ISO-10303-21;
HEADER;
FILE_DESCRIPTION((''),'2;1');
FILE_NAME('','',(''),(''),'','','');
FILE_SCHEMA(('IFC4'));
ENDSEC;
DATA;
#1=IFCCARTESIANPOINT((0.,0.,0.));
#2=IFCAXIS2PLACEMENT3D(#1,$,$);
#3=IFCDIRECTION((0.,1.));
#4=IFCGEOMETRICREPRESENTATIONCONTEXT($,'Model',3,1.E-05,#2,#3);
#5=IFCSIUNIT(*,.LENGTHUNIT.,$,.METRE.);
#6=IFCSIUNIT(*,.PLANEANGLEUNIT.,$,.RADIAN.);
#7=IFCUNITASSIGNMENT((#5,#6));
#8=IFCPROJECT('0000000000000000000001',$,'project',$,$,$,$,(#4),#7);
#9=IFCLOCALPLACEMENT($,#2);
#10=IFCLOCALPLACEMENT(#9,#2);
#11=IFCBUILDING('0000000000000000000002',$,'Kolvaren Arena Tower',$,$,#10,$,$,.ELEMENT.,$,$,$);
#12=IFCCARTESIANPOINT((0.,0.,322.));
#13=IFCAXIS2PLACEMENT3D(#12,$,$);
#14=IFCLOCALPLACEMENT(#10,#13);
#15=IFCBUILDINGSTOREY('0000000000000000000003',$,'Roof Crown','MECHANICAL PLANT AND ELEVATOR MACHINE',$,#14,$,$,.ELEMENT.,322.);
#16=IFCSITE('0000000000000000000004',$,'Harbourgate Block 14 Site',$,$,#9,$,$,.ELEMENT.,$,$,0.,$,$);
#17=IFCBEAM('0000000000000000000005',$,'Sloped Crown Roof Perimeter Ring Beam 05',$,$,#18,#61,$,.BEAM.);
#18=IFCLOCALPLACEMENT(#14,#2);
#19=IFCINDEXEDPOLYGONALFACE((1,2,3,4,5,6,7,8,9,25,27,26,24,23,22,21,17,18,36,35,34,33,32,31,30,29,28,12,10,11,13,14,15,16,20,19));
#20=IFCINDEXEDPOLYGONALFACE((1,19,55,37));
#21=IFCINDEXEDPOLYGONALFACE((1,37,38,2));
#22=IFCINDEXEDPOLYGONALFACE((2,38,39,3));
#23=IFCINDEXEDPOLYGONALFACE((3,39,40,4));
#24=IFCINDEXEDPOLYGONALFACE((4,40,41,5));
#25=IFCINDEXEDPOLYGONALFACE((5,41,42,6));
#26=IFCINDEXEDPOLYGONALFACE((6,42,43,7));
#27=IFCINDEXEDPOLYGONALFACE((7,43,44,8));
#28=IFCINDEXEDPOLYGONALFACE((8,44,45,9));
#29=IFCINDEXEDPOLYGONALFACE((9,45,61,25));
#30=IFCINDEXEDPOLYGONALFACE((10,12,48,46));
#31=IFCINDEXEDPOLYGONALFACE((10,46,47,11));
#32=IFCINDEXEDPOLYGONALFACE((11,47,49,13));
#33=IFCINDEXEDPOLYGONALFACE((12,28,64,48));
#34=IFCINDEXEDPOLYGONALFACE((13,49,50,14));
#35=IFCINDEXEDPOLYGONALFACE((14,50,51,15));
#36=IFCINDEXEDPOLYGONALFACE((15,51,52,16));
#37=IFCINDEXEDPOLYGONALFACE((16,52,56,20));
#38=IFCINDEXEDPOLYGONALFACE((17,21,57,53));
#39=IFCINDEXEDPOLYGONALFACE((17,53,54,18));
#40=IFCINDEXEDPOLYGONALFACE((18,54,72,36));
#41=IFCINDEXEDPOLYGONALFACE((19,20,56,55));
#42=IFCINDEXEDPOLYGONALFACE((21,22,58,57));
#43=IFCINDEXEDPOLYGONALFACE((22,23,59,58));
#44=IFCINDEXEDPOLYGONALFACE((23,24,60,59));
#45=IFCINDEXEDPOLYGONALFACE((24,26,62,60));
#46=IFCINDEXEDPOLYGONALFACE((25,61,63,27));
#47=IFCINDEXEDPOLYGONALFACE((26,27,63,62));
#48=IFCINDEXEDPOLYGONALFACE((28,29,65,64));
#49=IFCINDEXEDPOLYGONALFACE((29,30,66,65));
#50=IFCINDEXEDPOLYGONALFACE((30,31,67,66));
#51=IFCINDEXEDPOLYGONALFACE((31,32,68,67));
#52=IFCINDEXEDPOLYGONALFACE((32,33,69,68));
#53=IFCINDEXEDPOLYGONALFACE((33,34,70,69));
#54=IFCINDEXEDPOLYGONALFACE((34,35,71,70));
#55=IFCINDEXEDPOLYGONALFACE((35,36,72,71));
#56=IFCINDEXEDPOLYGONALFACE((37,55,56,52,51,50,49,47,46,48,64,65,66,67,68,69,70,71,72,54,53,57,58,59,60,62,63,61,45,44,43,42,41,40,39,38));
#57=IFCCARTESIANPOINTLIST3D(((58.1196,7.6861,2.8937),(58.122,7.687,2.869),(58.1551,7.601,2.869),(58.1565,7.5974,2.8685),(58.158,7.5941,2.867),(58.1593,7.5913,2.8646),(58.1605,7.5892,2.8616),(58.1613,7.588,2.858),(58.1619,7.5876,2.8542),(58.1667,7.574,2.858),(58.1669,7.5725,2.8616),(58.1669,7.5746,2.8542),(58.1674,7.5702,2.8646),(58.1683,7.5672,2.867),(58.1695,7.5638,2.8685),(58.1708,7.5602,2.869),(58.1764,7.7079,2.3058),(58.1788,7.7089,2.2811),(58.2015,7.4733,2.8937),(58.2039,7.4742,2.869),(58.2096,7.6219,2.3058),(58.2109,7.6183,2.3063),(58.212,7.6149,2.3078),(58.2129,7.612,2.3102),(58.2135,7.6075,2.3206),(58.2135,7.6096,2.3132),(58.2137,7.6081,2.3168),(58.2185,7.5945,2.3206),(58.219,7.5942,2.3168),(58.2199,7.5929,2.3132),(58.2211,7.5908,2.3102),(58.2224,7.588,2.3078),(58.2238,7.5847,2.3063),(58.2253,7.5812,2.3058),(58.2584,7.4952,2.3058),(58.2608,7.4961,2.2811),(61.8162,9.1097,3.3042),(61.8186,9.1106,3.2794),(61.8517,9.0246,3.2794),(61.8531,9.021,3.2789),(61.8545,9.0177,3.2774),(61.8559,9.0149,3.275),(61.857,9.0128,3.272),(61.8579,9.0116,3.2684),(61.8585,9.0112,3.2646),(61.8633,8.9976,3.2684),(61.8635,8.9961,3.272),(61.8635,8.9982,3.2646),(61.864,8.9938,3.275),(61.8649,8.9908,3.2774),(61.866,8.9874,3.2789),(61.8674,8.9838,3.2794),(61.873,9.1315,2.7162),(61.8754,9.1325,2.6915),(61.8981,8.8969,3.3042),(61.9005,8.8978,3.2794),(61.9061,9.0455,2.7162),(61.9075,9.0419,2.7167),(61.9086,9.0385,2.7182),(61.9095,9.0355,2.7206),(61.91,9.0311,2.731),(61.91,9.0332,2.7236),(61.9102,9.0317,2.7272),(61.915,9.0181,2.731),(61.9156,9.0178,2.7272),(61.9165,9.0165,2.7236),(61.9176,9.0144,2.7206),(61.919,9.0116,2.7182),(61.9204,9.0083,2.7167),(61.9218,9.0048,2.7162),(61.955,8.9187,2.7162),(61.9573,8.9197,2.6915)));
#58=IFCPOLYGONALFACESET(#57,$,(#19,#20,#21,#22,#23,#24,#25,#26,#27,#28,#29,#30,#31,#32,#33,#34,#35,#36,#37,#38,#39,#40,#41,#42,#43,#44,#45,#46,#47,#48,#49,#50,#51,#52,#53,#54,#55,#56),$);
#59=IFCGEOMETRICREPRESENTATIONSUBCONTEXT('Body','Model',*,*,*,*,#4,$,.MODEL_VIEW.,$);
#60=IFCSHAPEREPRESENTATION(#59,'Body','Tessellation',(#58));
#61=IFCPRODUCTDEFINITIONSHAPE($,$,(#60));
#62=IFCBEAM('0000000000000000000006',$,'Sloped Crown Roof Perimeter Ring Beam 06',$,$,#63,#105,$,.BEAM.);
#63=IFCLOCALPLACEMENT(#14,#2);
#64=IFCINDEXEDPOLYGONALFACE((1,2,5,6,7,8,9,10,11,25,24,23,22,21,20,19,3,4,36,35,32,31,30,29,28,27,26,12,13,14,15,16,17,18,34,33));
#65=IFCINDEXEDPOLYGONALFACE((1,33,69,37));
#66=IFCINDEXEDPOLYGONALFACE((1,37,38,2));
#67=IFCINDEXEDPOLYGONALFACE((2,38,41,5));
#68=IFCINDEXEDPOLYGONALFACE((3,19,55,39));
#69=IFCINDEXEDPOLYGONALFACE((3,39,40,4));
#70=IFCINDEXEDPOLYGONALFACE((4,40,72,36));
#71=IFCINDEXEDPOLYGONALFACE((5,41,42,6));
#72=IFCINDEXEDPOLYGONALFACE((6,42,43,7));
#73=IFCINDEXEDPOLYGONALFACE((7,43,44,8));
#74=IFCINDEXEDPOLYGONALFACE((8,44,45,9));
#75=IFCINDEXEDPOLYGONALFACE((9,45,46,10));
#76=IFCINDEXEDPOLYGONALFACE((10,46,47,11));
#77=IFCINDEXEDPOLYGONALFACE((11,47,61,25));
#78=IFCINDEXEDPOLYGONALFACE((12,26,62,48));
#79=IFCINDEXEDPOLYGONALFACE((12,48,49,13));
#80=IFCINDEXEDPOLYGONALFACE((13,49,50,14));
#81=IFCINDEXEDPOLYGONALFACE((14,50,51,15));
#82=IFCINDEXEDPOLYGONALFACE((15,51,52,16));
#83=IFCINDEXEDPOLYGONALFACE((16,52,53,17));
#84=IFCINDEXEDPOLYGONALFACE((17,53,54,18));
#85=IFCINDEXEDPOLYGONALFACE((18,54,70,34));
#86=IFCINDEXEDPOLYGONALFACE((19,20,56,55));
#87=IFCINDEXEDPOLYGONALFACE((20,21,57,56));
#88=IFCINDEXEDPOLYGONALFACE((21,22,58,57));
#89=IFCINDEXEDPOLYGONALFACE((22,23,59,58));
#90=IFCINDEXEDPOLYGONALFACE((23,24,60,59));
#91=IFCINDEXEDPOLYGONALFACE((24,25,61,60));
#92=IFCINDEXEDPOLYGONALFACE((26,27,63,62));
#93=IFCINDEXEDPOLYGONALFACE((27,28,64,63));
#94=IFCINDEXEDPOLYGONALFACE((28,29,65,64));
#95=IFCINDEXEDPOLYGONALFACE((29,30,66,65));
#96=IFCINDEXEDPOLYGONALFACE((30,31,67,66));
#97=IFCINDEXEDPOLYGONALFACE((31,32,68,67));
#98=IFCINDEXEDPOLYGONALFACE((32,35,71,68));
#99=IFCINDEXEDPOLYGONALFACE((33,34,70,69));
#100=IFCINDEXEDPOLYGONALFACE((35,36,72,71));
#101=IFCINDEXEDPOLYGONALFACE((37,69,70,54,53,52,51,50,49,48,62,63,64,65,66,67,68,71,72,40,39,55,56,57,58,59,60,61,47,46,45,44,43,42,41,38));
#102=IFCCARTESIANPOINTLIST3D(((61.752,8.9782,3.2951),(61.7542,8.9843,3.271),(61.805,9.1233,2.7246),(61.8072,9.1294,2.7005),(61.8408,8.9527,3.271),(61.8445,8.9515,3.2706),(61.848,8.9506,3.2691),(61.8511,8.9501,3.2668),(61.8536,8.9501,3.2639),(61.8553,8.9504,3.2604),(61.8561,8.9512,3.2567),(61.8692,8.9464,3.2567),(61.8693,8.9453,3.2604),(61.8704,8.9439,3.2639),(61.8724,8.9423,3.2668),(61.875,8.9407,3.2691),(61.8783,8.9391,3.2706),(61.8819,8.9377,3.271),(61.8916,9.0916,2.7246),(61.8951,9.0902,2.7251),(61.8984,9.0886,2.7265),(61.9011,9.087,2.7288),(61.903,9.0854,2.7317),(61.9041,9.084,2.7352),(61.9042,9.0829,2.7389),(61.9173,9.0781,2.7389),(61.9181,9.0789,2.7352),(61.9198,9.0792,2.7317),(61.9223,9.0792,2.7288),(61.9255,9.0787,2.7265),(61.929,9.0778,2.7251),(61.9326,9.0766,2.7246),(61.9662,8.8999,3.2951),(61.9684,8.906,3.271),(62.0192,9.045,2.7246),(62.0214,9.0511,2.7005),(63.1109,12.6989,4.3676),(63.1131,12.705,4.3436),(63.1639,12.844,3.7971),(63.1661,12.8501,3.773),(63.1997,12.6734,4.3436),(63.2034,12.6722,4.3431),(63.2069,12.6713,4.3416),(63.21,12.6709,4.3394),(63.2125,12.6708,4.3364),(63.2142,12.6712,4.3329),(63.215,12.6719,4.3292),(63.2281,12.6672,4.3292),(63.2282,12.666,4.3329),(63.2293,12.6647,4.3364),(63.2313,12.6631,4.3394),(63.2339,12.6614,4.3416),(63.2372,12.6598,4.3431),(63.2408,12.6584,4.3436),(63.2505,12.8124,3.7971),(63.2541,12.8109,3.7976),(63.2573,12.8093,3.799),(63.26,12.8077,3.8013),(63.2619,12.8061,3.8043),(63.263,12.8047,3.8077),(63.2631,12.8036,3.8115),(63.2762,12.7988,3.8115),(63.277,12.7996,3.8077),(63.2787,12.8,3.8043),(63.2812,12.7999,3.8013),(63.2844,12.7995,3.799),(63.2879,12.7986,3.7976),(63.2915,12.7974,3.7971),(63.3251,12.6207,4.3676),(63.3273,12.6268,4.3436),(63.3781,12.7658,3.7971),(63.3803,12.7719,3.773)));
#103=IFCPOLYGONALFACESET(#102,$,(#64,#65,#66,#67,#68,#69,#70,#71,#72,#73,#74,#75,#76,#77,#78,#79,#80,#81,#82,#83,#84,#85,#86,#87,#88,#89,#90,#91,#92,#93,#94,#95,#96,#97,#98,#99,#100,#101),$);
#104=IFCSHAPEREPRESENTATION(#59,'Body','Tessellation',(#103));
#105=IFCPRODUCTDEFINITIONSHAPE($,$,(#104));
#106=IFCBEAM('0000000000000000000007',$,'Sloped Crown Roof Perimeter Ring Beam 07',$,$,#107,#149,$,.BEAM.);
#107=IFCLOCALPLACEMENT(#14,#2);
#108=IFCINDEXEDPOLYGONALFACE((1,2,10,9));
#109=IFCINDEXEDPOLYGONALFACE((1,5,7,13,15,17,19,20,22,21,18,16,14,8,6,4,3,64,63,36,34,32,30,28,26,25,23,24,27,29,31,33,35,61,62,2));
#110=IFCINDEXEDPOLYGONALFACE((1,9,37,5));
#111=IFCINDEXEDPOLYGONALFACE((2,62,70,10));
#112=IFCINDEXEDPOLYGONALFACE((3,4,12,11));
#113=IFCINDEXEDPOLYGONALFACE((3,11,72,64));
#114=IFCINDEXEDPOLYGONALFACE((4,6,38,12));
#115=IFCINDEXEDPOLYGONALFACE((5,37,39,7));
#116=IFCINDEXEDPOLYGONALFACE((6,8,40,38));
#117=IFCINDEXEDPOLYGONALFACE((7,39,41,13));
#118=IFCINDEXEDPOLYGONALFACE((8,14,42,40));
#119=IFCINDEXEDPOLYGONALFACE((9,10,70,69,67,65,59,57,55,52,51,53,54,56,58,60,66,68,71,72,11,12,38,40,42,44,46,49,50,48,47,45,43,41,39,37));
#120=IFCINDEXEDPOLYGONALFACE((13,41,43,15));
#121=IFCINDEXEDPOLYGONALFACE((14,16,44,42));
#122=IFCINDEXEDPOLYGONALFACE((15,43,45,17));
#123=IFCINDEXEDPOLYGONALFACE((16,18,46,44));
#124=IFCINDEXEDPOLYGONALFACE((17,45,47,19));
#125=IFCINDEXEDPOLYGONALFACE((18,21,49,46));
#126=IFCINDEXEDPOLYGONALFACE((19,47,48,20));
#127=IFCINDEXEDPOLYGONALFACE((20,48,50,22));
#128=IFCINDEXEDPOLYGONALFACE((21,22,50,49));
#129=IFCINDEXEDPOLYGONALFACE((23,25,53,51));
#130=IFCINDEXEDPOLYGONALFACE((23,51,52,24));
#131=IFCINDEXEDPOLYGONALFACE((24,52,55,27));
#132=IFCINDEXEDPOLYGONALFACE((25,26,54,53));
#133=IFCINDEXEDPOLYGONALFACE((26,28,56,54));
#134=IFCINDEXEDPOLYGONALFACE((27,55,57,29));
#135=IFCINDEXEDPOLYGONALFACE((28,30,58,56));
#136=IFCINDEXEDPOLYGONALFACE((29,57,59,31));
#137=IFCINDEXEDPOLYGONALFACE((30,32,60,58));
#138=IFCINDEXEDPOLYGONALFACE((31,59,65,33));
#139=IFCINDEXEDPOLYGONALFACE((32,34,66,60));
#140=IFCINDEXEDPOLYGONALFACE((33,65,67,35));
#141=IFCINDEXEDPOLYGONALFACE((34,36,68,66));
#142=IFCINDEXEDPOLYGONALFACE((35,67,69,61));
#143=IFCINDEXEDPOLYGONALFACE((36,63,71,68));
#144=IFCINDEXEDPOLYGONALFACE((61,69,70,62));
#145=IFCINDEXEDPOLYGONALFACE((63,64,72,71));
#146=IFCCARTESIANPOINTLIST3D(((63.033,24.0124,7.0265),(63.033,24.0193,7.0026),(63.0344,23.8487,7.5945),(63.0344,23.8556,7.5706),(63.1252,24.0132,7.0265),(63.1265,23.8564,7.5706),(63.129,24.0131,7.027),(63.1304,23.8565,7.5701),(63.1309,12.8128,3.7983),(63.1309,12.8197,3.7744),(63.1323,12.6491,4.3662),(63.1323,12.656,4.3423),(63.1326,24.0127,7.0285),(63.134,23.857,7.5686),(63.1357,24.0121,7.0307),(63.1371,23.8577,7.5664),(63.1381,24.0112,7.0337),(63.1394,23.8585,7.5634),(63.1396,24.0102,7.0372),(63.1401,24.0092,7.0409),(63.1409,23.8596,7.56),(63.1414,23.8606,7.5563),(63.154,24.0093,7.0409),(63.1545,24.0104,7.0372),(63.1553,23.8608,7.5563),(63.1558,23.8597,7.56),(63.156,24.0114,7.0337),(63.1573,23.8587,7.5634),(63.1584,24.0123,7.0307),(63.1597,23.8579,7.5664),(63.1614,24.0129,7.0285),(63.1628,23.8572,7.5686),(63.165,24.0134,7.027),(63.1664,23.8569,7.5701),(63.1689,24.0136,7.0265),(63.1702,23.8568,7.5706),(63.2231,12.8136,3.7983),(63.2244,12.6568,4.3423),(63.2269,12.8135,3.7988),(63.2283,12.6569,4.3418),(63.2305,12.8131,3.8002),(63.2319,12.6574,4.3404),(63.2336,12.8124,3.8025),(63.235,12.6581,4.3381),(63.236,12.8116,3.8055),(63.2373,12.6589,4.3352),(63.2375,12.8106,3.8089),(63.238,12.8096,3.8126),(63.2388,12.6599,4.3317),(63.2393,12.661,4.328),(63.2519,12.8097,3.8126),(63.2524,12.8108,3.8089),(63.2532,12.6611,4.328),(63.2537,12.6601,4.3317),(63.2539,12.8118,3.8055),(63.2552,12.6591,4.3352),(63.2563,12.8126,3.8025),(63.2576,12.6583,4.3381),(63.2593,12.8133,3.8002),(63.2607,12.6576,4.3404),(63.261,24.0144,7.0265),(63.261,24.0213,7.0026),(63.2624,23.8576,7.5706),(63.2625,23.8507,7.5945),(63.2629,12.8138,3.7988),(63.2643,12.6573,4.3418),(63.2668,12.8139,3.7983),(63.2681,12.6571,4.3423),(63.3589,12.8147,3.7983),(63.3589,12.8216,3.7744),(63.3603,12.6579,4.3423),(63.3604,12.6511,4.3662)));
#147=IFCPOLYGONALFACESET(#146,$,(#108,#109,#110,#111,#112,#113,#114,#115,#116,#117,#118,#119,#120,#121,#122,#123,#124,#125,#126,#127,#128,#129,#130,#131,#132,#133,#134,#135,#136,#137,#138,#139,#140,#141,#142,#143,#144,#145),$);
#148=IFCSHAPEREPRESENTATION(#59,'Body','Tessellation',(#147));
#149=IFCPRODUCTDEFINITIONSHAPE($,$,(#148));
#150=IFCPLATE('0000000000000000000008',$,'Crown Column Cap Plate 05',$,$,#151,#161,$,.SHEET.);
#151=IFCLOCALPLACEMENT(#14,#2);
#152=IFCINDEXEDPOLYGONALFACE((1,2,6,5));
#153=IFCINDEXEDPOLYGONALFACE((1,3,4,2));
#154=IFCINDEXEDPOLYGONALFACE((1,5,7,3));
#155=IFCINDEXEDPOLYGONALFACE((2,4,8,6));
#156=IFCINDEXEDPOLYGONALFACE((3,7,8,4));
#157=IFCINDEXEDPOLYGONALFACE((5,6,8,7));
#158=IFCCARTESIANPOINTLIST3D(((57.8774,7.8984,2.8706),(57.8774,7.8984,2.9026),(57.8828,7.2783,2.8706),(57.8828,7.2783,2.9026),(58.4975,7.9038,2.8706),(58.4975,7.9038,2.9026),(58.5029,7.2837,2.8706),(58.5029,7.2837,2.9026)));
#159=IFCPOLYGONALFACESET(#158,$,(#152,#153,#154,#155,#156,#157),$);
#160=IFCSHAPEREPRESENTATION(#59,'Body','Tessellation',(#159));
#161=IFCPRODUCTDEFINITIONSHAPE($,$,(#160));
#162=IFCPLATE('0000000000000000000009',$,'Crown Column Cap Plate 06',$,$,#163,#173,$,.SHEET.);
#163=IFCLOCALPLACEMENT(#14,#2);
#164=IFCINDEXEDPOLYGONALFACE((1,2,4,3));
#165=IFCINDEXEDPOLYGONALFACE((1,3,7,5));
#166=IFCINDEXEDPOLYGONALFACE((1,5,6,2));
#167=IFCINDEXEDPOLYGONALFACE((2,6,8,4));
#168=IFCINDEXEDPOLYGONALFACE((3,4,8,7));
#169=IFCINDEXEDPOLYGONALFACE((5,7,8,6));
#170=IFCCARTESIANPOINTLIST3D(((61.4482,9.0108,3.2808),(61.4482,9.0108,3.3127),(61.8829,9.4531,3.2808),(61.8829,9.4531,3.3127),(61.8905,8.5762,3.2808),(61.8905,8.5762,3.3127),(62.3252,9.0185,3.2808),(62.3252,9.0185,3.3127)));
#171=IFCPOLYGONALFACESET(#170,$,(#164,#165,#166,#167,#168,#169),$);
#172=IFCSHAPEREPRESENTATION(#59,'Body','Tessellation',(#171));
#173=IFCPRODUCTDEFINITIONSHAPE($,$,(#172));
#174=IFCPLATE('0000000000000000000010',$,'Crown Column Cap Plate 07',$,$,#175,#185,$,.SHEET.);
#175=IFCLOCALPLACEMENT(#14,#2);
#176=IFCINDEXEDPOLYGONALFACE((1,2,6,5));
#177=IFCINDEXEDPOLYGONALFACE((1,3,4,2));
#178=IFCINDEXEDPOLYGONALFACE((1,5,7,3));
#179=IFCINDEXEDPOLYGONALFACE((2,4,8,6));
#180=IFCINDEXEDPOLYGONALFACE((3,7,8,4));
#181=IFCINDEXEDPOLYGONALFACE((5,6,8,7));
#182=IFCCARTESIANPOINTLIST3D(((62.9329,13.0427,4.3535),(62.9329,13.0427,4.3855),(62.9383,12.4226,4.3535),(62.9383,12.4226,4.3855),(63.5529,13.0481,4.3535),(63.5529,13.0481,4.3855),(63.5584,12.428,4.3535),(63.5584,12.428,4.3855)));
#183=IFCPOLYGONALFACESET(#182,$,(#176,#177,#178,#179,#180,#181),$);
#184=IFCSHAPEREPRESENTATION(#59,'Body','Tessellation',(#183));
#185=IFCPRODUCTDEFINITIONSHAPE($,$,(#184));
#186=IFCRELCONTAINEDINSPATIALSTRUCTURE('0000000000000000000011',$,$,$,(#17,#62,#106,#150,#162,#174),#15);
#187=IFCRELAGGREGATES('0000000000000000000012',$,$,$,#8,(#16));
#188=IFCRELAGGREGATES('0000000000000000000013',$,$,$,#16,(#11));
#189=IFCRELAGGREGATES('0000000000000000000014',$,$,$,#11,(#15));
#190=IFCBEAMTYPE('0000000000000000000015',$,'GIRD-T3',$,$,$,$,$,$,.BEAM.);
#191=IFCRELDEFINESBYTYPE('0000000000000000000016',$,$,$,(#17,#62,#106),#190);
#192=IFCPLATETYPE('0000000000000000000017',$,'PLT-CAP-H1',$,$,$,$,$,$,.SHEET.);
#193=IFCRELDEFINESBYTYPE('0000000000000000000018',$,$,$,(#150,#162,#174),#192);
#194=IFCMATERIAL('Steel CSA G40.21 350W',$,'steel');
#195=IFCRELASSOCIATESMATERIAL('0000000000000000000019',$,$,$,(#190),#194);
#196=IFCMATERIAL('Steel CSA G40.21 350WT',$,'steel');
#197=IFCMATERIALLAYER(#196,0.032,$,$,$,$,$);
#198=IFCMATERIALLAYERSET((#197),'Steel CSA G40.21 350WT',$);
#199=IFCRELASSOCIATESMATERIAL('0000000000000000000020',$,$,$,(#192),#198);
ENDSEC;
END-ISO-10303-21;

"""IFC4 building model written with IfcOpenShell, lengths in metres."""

from ifc_helpers import new_model, si_unit, direction, frame, origin, origin_2d, place, context, subcontext, project, spatial, rectangle, i_section, extrude, material, layer, layer_set, material_profile, profile_set, type_object, element, save


model = new_model("IFC4")

# Units and contexts
model_context = context("Model", 3, precision=1e-05, world=origin(), true_north=direction((0.0, 1.0)))
body_context = subcontext(model_context, "Body", "Model", "MODEL_VIEW")
ifc_project = project(units=[si_unit("LENGTHUNIT", "METRE"), si_unit("PLANEANGLEUNIT", "RADIAN")], contexts=[model_context])

# Site, building, storey
site_placement = place(None, origin())
site = spatial("IfcSite", under=ifc_project, at=site_placement, Name="Harbourgate Block 14 Site", CompositionType="ELEMENT", RefElevation=0.0)
building_placement = place(site_placement, origin())
building = spatial("IfcBuilding", under=site, at=building_placement, Name="Kolvaren Arena Tower", CompositionType="ELEMENT")
storey_placement = place(building_placement, frame((0.0, 0.0, 322.0)))
storey = spatial("IfcBuildingStorey", under=building, at=storey_placement, Name="Roof Crown", Description="MECHANICAL PLANT AND ELEVATOR MACHINE", CompositionType="ELEMENT", Elevation=322.0)

# Shared definitions
ifc_material_1 = material(Name="Steel CSA G40.21 350WT", Category="steel")

# Beams
ifc_material_2 = material(Name="Steel CSA G40.21 350W", Category="steel")
ifc_material_profile_1 = material_profile(ifc_material_2, i_section(OverallWidth=0.228, OverallDepth=0.616, WebThickness=0.0139, FlangeThickness=0.0249, FilletRadius=0.0149, at=origin_2d()), Name="W610x174")
ifc_profile_set_1 = profile_set([ifc_material_profile_1], Name="Steel CSA G40.21 350W")
beam_type = type_object("IfcBeamType", Name="GIRD-T3", PredefinedType="BEAM", material=ifc_profile_set_1)
beam_1_placement = place(storey_placement, frame((58.1902, 7.5911, 2.5874), z_axis=(0.928221, 0.35747, 0.103054), x_axis=(-0.359384, 0.93319, 0.0)))
element("IfcBeam", 1, at=beam_1_placement, inside=storey, type_object=beam_type, Name="Sloped Crown Roof Perimeter Ring Beam 05", PredefinedType="BEAM", context=body_context, shape_type="SweptSolid", body=[
    extrude(i_section(OverallWidth=0.228, OverallDepth=0.616, WebThickness=0.0139, FlangeThickness=0.0249, FilletRadius=0.0149, at=origin_2d()), origin(), (0.0, 0.0, 1.0), 3.9824),
])
beam_2_placement = place(storey_placement, frame((61.8867, 9.0146, 2.9978), z_axis=(0.331136, 0.906667, 0.261351), x_axis=(-0.939314, 0.343059, 0.0)))
element("IfcBeam", 2, at=beam_2_placement, inside=storey, type_object=beam_type, Name="Sloped Crown Roof Perimeter Ring Beam 06", PredefinedType="BEAM", context=body_context, shape_type="SweptSolid", body=[
    extrude(i_section(OverallWidth=0.228, OverallDepth=0.616, WebThickness=0.0139, FlangeThickness=0.0249, FilletRadius=0.0149, at=origin_2d()), origin(), (0.0, 0.0, 1.0), 4.1038),
])
beam_3_placement = place(storey_placement, frame((63.2456, 12.7354, 4.0703), z_axis=(-0.008399, 0.960845, 0.27696), x_axis=(-0.999962, -0.008741, 0.0)))
element("IfcBeam", 3, at=beam_3_placement, inside=storey, type_object=beam_type, Name="Sloped Crown Roof Perimeter Ring Beam 07", PredefinedType="BEAM", context=body_context, shape_type="SweptSolid", body=[
    extrude(i_section(OverallWidth=0.228, OverallDepth=0.616, WebThickness=0.0139, FlangeThickness=0.0249, FilletRadius=0.0149, at=origin_2d()), origin(), (0.0, 0.0, 1.0), 11.656),
])

# Plates
ifc_layer_1 = layer(ifc_material_1, 0.032)
ifc_layer_set_1 = layer_set([ifc_layer_1], Name="Steel CSA G40.21 350WT")
plate_type = type_object("IfcPlateType", Name="PLT-CAP-H1", PredefinedType="SHEET", material=ifc_layer_set_1)
for number, where, z_axis, x_axis, name in (
    (4, (58.1902, 7.5911, 2.8706), (0.0, 0.0, 1.0), (0.999962, 0.008727, 0.0), "Crown Column Cap Plate 05"),
    (5, (61.8867, 9.0146, 3.2808), (0.0, 0.0, 1.0), (0.700909, 0.71325, 0.0), "Crown Column Cap Plate 06"),
    (6, (63.2456, 12.7354, 4.3535), (0.0, 0.0, 1.0), (-0.008727, 0.999962, 0.0), "Crown Column Cap Plate 07"),
):
    element("IfcPlate", number, at=place(storey_placement, frame(where, z_axis=z_axis, x_axis=x_axis)), inside=storey, type_object=plate_type, Name=name, PredefinedType="SHEET", context=body_context, shape_type="SweptSolid", body=[
        extrude(rectangle(XDim=0.6201, YDim=0.6201, at=origin_2d()), origin(), (0.0, 0.0, 1.0), 0.032),
    ])

save(model, "model.ifc")
